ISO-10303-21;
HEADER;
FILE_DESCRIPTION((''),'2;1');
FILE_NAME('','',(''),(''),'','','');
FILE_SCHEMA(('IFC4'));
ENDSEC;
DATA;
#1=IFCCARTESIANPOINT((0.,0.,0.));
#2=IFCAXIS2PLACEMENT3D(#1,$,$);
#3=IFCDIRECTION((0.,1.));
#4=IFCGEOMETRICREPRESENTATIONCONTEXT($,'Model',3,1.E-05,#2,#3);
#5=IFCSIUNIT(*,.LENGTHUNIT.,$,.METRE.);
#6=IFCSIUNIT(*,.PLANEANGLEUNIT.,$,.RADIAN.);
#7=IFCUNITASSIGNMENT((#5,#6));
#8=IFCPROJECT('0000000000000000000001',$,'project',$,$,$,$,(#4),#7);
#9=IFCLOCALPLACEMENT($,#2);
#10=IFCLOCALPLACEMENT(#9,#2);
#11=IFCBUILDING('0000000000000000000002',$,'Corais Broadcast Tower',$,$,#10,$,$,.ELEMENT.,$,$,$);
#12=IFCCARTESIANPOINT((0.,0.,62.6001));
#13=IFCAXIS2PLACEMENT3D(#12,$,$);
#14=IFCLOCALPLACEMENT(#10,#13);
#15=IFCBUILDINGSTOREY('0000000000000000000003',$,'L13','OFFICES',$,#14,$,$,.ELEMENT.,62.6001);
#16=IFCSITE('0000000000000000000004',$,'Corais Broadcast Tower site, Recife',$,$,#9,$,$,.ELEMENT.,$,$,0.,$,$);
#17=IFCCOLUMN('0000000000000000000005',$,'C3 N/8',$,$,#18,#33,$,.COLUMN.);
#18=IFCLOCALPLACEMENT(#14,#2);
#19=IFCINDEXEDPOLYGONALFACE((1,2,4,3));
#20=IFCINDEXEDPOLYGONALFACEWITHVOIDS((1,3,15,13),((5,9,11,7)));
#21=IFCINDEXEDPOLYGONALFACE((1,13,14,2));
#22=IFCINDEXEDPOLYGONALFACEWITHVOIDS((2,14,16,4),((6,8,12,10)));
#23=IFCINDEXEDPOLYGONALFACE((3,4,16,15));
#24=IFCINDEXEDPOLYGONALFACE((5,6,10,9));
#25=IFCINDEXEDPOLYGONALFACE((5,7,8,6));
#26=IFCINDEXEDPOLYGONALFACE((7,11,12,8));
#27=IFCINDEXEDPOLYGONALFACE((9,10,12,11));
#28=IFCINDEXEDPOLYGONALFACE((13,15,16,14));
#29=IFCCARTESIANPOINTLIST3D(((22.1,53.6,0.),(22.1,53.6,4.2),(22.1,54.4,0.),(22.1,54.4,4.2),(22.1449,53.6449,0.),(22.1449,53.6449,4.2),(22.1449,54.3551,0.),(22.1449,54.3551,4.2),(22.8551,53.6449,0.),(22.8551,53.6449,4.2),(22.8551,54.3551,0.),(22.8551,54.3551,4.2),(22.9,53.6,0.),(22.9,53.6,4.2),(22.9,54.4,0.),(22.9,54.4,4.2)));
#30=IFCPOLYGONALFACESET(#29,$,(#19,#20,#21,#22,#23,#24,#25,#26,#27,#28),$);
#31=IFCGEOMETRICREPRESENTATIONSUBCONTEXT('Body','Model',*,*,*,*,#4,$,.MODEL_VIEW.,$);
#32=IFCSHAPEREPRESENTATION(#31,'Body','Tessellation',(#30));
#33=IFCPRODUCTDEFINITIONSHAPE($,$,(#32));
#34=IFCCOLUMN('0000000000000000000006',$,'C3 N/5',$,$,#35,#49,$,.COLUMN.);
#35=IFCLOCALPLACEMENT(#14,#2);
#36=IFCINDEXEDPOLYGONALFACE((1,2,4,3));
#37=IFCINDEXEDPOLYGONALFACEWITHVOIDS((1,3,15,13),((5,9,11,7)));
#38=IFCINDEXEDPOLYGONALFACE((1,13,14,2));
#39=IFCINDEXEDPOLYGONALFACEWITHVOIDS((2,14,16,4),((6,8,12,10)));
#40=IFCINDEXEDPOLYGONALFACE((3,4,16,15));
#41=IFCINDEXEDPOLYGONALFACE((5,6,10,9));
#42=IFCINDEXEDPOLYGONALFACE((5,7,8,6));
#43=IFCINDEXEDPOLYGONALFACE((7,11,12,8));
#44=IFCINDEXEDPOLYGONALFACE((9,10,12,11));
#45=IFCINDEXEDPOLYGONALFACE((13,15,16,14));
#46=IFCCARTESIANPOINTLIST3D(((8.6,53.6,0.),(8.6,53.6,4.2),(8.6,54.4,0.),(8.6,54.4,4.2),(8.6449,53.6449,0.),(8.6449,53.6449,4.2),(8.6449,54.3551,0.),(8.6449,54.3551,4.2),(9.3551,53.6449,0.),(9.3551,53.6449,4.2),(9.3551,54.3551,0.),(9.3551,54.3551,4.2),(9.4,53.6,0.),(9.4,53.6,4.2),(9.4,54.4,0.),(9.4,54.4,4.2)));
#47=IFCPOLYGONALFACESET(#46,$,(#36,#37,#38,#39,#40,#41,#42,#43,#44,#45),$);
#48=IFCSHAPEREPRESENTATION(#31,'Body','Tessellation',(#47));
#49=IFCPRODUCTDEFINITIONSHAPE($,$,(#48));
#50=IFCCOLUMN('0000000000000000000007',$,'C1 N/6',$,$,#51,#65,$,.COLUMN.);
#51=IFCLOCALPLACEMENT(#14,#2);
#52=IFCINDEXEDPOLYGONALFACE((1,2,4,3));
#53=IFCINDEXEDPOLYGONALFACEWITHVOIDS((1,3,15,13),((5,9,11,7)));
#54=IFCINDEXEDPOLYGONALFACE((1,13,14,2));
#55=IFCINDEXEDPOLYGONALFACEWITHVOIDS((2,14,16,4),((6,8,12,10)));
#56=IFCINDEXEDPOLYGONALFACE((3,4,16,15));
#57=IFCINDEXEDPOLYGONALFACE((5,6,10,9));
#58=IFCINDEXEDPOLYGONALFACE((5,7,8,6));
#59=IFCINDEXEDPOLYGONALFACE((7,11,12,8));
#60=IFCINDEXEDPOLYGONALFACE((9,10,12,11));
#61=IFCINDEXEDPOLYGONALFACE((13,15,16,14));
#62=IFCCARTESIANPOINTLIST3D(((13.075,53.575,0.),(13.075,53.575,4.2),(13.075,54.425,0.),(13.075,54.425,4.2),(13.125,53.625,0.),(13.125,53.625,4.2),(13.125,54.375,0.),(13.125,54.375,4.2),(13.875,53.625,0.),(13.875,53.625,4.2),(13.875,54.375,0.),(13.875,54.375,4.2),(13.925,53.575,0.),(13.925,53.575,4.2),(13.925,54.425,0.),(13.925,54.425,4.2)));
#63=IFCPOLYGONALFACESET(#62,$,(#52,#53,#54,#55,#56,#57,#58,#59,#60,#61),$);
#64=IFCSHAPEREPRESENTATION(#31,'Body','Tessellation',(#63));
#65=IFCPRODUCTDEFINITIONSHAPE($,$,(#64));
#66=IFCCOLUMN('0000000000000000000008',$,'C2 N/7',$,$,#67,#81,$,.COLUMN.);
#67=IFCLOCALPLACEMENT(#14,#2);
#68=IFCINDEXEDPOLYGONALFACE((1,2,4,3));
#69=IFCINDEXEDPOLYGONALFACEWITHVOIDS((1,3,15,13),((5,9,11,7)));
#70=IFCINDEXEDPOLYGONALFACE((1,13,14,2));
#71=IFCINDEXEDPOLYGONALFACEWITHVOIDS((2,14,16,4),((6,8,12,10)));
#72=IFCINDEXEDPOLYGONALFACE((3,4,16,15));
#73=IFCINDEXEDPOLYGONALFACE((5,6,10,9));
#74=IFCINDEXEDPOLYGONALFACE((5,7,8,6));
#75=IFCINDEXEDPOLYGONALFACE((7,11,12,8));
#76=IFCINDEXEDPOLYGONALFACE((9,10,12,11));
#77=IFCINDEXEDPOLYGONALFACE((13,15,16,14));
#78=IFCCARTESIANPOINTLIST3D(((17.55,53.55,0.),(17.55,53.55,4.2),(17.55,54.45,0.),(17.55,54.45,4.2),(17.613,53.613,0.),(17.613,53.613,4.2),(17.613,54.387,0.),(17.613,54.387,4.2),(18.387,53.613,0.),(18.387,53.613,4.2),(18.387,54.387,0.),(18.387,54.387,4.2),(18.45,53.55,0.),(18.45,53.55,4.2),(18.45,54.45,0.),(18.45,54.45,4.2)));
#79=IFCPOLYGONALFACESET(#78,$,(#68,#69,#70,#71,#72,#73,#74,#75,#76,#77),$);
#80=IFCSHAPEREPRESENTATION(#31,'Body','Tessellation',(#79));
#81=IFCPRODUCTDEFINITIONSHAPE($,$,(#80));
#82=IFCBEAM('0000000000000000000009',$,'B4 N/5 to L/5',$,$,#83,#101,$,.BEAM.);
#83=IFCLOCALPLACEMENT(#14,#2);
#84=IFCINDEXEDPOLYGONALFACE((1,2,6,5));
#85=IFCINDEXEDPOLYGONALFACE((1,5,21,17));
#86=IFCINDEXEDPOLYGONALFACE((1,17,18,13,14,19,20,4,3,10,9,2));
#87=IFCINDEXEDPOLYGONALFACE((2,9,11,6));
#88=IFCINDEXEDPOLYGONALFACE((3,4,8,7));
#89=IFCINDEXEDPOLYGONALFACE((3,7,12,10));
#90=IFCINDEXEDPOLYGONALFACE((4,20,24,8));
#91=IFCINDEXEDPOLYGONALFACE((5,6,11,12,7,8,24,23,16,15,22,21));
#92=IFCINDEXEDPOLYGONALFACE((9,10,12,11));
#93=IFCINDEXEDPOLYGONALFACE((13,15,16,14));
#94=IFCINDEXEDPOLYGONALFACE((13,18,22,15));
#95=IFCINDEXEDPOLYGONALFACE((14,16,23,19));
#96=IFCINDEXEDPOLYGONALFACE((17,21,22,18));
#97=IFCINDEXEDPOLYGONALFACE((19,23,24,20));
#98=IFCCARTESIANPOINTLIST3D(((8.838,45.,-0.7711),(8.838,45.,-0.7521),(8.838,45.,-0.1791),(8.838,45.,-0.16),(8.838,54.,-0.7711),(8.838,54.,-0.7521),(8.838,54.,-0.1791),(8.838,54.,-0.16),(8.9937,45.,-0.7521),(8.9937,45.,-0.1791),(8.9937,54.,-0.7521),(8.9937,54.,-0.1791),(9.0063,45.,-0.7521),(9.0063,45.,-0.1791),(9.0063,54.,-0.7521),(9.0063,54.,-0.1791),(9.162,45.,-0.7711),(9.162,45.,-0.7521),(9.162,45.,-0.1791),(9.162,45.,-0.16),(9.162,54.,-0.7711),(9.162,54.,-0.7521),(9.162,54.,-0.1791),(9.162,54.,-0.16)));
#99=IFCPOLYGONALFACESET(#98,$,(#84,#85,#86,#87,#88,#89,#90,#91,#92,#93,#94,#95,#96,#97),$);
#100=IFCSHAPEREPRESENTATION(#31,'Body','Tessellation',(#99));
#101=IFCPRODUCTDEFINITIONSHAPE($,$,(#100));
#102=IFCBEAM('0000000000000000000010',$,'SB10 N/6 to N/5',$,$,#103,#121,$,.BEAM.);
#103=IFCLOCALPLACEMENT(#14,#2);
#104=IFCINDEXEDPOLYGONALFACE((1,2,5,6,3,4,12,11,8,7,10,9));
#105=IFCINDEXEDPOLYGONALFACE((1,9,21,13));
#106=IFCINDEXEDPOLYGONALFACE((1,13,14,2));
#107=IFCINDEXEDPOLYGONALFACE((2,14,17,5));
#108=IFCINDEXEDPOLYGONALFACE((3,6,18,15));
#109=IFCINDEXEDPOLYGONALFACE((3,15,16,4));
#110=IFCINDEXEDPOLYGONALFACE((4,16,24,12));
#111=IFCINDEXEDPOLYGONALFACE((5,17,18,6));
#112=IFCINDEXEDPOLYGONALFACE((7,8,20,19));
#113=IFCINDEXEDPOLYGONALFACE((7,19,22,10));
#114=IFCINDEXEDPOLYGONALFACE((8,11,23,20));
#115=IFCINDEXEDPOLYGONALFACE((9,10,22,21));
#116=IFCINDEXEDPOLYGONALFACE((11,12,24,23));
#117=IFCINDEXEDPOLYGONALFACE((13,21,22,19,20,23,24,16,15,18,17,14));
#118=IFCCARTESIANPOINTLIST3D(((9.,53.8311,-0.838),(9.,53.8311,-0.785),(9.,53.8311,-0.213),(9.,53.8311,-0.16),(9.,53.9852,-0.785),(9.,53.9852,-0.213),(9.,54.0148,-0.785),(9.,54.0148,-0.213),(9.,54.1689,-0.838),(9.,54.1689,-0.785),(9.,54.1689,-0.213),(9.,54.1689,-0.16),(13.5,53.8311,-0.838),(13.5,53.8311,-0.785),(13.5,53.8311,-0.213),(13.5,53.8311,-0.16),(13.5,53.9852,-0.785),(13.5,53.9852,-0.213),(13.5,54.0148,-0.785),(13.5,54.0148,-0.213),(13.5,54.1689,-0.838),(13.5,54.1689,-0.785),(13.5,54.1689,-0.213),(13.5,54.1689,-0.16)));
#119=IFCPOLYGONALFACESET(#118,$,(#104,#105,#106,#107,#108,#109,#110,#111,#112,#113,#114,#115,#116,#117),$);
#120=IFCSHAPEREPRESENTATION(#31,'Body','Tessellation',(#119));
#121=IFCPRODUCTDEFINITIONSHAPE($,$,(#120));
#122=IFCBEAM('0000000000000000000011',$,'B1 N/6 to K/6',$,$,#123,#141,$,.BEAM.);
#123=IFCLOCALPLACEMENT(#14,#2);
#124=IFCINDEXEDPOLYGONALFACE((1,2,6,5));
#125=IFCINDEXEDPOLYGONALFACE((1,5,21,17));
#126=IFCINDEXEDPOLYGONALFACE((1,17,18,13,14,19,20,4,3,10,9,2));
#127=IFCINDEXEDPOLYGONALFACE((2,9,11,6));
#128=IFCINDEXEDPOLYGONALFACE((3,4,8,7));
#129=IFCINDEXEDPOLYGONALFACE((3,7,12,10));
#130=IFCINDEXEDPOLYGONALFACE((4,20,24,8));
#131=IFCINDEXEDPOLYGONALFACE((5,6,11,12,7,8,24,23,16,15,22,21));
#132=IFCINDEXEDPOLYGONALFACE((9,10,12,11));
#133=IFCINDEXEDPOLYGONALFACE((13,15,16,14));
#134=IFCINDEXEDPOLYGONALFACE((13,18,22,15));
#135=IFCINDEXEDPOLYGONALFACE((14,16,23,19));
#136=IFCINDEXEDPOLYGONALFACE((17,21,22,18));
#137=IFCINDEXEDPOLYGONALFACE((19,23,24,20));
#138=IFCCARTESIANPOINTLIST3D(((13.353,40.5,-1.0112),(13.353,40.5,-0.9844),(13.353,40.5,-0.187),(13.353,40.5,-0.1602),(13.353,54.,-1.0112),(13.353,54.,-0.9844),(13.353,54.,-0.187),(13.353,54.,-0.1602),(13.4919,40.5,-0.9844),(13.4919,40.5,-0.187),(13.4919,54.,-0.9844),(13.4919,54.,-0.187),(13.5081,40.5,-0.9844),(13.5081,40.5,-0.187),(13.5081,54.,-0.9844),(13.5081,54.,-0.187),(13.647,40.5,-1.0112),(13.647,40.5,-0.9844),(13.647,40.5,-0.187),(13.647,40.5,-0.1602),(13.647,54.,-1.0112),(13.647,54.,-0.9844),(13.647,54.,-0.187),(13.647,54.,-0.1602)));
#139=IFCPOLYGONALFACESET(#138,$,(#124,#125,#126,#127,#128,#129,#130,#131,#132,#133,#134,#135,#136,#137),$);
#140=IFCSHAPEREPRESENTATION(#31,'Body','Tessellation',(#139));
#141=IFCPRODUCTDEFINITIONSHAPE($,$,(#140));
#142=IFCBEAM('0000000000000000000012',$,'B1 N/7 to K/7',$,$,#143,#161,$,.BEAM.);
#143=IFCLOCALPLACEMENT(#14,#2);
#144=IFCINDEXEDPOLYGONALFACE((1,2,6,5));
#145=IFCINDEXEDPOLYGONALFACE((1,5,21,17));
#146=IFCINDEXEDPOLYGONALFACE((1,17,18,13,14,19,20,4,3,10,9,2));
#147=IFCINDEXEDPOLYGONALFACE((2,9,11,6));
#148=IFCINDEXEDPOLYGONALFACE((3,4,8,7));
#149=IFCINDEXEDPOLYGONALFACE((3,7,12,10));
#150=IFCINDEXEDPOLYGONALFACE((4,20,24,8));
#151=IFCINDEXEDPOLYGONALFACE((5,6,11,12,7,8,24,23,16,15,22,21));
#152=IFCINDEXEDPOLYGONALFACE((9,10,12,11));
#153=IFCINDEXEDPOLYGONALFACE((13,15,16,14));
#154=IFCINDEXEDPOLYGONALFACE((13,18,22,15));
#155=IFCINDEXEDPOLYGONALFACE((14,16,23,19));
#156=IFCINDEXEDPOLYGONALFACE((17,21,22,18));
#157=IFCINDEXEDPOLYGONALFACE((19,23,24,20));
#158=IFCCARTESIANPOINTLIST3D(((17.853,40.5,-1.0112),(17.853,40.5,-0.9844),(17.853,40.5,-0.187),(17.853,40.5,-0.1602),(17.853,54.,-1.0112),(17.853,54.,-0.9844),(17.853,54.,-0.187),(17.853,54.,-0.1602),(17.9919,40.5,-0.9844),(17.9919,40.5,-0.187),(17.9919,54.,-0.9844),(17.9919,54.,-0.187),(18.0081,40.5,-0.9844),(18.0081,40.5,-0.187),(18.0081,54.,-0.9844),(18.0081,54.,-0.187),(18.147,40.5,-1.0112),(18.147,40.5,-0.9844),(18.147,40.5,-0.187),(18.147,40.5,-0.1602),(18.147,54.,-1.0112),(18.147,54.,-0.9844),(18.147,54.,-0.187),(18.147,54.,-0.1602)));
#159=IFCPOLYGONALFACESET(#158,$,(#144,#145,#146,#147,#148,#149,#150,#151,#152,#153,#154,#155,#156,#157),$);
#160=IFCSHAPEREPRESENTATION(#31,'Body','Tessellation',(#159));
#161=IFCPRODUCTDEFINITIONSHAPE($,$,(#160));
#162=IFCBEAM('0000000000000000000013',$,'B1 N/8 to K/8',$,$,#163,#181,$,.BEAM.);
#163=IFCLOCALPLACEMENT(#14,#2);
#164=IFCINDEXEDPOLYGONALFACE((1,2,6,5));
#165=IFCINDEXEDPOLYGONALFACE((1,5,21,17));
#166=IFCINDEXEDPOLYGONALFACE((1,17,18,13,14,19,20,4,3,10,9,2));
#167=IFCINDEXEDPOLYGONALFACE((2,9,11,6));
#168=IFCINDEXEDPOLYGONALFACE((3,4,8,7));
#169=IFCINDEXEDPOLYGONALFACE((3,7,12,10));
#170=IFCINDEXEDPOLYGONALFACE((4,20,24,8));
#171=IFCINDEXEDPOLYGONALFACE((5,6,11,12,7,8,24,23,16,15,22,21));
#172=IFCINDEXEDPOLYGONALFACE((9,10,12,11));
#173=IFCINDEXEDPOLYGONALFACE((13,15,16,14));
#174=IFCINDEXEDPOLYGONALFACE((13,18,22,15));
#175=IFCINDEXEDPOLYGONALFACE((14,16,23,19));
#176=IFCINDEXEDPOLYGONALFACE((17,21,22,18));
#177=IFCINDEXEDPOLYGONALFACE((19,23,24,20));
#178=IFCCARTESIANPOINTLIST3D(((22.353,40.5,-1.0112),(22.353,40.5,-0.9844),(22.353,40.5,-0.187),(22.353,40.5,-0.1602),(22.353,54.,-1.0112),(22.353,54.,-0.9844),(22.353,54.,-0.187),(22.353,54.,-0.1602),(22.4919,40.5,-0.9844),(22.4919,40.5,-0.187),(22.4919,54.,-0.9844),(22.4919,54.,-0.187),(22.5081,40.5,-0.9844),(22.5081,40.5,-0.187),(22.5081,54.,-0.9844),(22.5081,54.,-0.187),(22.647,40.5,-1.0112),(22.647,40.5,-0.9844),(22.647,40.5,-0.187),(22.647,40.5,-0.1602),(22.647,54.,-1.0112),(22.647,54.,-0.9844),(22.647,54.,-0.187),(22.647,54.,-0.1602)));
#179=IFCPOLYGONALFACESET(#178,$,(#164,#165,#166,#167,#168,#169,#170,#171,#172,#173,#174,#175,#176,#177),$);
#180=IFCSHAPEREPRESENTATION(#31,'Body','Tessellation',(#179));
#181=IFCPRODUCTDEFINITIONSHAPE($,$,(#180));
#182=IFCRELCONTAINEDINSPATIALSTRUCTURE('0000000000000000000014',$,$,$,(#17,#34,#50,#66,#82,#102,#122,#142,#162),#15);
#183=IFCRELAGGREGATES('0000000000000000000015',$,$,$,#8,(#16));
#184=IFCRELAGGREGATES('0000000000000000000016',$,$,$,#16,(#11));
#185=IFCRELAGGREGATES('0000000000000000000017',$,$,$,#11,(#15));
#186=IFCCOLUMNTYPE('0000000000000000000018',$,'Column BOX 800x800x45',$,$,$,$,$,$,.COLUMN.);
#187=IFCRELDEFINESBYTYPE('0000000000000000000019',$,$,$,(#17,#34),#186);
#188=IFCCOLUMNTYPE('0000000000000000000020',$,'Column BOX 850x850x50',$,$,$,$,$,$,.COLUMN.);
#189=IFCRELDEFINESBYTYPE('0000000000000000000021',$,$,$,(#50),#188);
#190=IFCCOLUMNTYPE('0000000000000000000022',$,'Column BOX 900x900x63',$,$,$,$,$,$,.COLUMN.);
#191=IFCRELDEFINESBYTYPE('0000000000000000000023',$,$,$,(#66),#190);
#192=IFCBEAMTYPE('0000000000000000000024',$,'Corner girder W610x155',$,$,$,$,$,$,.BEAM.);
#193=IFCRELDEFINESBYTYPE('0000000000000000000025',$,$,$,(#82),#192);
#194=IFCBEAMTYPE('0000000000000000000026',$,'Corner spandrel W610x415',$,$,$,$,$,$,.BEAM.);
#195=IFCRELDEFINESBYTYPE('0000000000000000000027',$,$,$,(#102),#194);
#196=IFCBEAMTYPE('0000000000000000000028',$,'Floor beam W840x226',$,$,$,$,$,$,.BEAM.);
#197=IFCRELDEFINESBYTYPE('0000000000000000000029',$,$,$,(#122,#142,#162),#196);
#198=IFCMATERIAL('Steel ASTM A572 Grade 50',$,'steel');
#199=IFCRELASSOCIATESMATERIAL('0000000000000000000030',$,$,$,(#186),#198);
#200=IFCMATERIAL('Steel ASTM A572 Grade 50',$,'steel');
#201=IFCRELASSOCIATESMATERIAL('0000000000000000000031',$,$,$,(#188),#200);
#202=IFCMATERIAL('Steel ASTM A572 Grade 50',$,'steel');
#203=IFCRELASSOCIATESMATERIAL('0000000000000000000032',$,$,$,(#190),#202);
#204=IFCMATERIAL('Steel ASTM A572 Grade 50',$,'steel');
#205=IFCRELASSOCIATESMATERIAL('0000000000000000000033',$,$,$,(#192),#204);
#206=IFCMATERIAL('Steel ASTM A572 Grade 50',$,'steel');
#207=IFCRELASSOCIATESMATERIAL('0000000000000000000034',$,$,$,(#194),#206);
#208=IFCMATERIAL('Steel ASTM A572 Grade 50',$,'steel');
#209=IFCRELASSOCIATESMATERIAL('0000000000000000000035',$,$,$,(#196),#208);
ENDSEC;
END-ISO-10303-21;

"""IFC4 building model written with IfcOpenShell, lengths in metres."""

from ifc_helpers import new_model, si_unit, direction, frame, origin, origin_2d, place, context, subcontext, project, spatial, hollow_rectangle, i_section, extrude, material, material_profile, profile_set, type_object, element, save


model = new_model("IFC4")

# Units and contexts
model_context = context("Model", 3, precision=1e-05, world=origin(), true_north=direction((0.0, 1.0)))
body_context = subcontext(model_context, "Body", "Model", "MODEL_VIEW")
ifc_project = project(units=[si_unit("LENGTHUNIT", "METRE"), si_unit("PLANEANGLEUNIT", "RADIAN")], contexts=[model_context])

# Site, building, storey
site_placement = place(None, origin())
site = spatial("IfcSite", under=ifc_project, at=site_placement, Name="Corais Broadcast Tower site, Recife", CompositionType="ELEMENT", RefElevation=0.0)
building_placement = place(site_placement, origin())
building = spatial("IfcBuilding", under=site, at=building_placement, Name="Corais Broadcast Tower", CompositionType="ELEMENT")
storey_placement = place(building_placement, frame((0.0, 0.0, 62.6001)))
storey = spatial("IfcBuildingStorey", under=building, at=storey_placement, Name="L13", Description="OFFICES", CompositionType="ELEMENT", Elevation=62.6001)

# Columns
ifc_material_1 = material(Name="Steel ASTM A572 Grade 50", Category="steel")
ifc_material_profile_1 = material_profile(ifc_material_1, hollow_rectangle(XDim=0.8, YDim=0.8, WallThickness=0.0449, at=origin_2d()), Name="BOX 800x800x45")
ifc_profile_set_1 = profile_set([ifc_material_profile_1], Name="Steel ASTM A572 Grade 50")
column_type_1 = type_object("IfcColumnType", Name="Column BOX 800x800x45", PredefinedType="COLUMN", material=ifc_profile_set_1)
for number, where, z_axis, x_axis, name in (
    (1, (22.5, 54.0, 0.0), (0.0, 0.0, 1.0), (1.0, 0.0, 0.0), "C3 N/8"),
    (2, (9.0, 54.0, 0.0), (0.0, 0.0, 1.0), (1.0, 0.0, 0.0), "C3 N/5"),
):
    element("IfcColumn", number, at=place(storey_placement, frame(where, z_axis=z_axis, x_axis=x_axis)), inside=storey, type_object=column_type_1, Name=name, PredefinedType="COLUMN", context=body_context, shape_type="SweptSolid", body=[
        extrude(hollow_rectangle(XDim=0.8, YDim=0.8, WallThickness=0.0449, at=origin_2d()), origin(), (0.0, 0.0, 1.0), 4.2),
    ])
ifc_material_2 = material(Name="Steel ASTM A572 Grade 50", Category="steel")
ifc_material_profile_2 = material_profile(ifc_material_2, hollow_rectangle(XDim=0.8501, YDim=0.8501, WallThickness=0.05, at=origin_2d()), Name="BOX 850x850x50")
ifc_profile_set_2 = profile_set([ifc_material_profile_2], Name="Steel ASTM A572 Grade 50")
column_type_2 = type_object("IfcColumnType", Name="Column BOX 850x850x50", PredefinedType="COLUMN", material=ifc_profile_set_2)
column_1_placement = place(storey_placement, frame((13.5, 54.0, 0.0), z_axis=(0.0, 0.0, 1.0), x_axis=(1.0, 0.0, 0.0)))
element("IfcColumn", 3, at=column_1_placement, inside=storey, type_object=column_type_2, Name="C1 N/6", PredefinedType="COLUMN", context=body_context, shape_type="SweptSolid", body=[
    extrude(hollow_rectangle(XDim=0.8501, YDim=0.8501, WallThickness=0.05, at=origin_2d()), origin(), (0.0, 0.0, 1.0), 4.2),
])
ifc_material_3 = material(Name="Steel ASTM A572 Grade 50", Category="steel")
ifc_material_profile_3 = material_profile(ifc_material_3, hollow_rectangle(XDim=0.8999, YDim=0.8999, WallThickness=0.063, at=origin_2d()), Name="BOX 900x900x63")
ifc_profile_set_3 = profile_set([ifc_material_profile_3], Name="Steel ASTM A572 Grade 50")
column_type_3 = type_object("IfcColumnType", Name="Column BOX 900x900x63", PredefinedType="COLUMN", material=ifc_profile_set_3)
column_2_placement = place(storey_placement, frame((18.0, 54.0, 0.0), z_axis=(0.0, 0.0, 1.0), x_axis=(1.0, 0.0, 0.0)))
element("IfcColumn", 4, at=column_2_placement, inside=storey, type_object=column_type_3, Name="C2 N/7", PredefinedType="COLUMN", context=body_context, shape_type="SweptSolid", body=[
    extrude(hollow_rectangle(XDim=0.8999, YDim=0.8999, WallThickness=0.063, at=origin_2d()), origin(), (0.0, 0.0, 1.0), 4.2),
])

# Beams
ifc_material_4 = material(Name="Steel ASTM A572 Grade 50", Category="steel")
ifc_material_profile_4 = material_profile(ifc_material_4, i_section(OverallWidth=0.324, OverallDepth=0.6111, WebThickness=0.0127, FlangeThickness=0.019, at=origin_2d()), Name="W610x155")
ifc_profile_set_4 = profile_set([ifc_material_profile_4], Name="Steel ASTM A572 Grade 50")
beam_type_1 = type_object("IfcBeamType", Name="Corner girder W610x155", PredefinedType="BEAM", material=ifc_profile_set_4)
beam_1_placement = place(storey_placement, frame((9.0, 54.0, -0.4656), z_axis=(0.0, -1.0, 0.0), x_axis=(1.0, 0.0, 0.0)))
element("IfcBeam", 5, at=beam_1_placement, inside=storey, type_object=beam_type_1, Name="B4 N/5 to L/5", PredefinedType="BEAM", context=body_context, shape_type="SweptSolid", body=[
    extrude(i_section(OverallWidth=0.324, OverallDepth=0.6111, WebThickness=0.0127, FlangeThickness=0.019, at=origin_2d()), origin(), (0.0, 0.0, 1.0), 9.0),
])
ifc_material_5 = material(Name="Steel ASTM A572 Grade 50", Category="steel")
ifc_material_profile_5 = material_profile(ifc_material_5, i_section(OverallWidth=0.3379, OverallDepth=0.678, WebThickness=0.0295, FlangeThickness=0.053, at=origin_2d()), Name="W610x415")
ifc_profile_set_5 = profile_set([ifc_material_profile_5], Name="Steel ASTM A572 Grade 50")
beam_type_2 = type_object("IfcBeamType", Name="Corner spandrel W610x415", PredefinedType="BEAM", material=ifc_profile_set_5)
beam_2_placement = place(storey_placement, frame((13.5, 54.0, -0.499), z_axis=(-1.0, 0.0, 0.0), x_axis=(0.0, -1.0, 0.0)))
element("IfcBeam", 6, at=beam_2_placement, inside=storey, type_object=beam_type_2, Name="SB10 N/6 to N/5", PredefinedType="BEAM", context=body_context, shape_type="SweptSolid", body=[
    extrude(i_section(OverallWidth=0.3379, OverallDepth=0.678, WebThickness=0.0295, FlangeThickness=0.053, at=origin_2d()), origin(), (0.0, 0.0, 1.0), 4.5),
])
ifc_material_6 = material(Name="Steel ASTM A572 Grade 50", Category="steel")
ifc_material_profile_6 = material_profile(ifc_material_6, i_section(OverallWidth=0.2939, OverallDepth=0.8511, WebThickness=0.0161, FlangeThickness=0.0269, at=origin_2d()), Name="W840x226")
ifc_profile_set_6 = profile_set([ifc_material_profile_6], Name="Steel ASTM A572 Grade 50")
beam_type_3 = type_object("IfcBeamType", Name="Floor beam W840x226", PredefinedType="BEAM", material=ifc_profile_set_6)
for number, where, z_axis, x_axis, name in (
    (7, (13.5, 54.0, -0.5857), (0.0, -1.0, 0.0), (1.0, 0.0, 0.0), "B1 N/6 to K/6"),
    (8, (18.0, 54.0, -0.5857), (0.0, -1.0, 0.0), (1.0, 0.0, 0.0), "B1 N/7 to K/7"),
    (9, (22.5, 54.0, -0.5857), (0.0, -1.0, 0.0), (1.0, 0.0, 0.0), "B1 N/8 to K/8"),
):
    element("IfcBeam", number, at=place(storey_placement, frame(where, z_axis=z_axis, x_axis=x_axis)), inside=storey, type_object=beam_type_3, Name=name, PredefinedType="BEAM", context=body_context, shape_type="SweptSolid", body=[
        extrude(i_section(OverallWidth=0.2939, OverallDepth=0.8511, WebThickness=0.0161, FlangeThickness=0.0269, at=origin_2d()), origin(), (0.0, 0.0, 1.0), 13.5),
    ])

save(model, "model.ifc")
